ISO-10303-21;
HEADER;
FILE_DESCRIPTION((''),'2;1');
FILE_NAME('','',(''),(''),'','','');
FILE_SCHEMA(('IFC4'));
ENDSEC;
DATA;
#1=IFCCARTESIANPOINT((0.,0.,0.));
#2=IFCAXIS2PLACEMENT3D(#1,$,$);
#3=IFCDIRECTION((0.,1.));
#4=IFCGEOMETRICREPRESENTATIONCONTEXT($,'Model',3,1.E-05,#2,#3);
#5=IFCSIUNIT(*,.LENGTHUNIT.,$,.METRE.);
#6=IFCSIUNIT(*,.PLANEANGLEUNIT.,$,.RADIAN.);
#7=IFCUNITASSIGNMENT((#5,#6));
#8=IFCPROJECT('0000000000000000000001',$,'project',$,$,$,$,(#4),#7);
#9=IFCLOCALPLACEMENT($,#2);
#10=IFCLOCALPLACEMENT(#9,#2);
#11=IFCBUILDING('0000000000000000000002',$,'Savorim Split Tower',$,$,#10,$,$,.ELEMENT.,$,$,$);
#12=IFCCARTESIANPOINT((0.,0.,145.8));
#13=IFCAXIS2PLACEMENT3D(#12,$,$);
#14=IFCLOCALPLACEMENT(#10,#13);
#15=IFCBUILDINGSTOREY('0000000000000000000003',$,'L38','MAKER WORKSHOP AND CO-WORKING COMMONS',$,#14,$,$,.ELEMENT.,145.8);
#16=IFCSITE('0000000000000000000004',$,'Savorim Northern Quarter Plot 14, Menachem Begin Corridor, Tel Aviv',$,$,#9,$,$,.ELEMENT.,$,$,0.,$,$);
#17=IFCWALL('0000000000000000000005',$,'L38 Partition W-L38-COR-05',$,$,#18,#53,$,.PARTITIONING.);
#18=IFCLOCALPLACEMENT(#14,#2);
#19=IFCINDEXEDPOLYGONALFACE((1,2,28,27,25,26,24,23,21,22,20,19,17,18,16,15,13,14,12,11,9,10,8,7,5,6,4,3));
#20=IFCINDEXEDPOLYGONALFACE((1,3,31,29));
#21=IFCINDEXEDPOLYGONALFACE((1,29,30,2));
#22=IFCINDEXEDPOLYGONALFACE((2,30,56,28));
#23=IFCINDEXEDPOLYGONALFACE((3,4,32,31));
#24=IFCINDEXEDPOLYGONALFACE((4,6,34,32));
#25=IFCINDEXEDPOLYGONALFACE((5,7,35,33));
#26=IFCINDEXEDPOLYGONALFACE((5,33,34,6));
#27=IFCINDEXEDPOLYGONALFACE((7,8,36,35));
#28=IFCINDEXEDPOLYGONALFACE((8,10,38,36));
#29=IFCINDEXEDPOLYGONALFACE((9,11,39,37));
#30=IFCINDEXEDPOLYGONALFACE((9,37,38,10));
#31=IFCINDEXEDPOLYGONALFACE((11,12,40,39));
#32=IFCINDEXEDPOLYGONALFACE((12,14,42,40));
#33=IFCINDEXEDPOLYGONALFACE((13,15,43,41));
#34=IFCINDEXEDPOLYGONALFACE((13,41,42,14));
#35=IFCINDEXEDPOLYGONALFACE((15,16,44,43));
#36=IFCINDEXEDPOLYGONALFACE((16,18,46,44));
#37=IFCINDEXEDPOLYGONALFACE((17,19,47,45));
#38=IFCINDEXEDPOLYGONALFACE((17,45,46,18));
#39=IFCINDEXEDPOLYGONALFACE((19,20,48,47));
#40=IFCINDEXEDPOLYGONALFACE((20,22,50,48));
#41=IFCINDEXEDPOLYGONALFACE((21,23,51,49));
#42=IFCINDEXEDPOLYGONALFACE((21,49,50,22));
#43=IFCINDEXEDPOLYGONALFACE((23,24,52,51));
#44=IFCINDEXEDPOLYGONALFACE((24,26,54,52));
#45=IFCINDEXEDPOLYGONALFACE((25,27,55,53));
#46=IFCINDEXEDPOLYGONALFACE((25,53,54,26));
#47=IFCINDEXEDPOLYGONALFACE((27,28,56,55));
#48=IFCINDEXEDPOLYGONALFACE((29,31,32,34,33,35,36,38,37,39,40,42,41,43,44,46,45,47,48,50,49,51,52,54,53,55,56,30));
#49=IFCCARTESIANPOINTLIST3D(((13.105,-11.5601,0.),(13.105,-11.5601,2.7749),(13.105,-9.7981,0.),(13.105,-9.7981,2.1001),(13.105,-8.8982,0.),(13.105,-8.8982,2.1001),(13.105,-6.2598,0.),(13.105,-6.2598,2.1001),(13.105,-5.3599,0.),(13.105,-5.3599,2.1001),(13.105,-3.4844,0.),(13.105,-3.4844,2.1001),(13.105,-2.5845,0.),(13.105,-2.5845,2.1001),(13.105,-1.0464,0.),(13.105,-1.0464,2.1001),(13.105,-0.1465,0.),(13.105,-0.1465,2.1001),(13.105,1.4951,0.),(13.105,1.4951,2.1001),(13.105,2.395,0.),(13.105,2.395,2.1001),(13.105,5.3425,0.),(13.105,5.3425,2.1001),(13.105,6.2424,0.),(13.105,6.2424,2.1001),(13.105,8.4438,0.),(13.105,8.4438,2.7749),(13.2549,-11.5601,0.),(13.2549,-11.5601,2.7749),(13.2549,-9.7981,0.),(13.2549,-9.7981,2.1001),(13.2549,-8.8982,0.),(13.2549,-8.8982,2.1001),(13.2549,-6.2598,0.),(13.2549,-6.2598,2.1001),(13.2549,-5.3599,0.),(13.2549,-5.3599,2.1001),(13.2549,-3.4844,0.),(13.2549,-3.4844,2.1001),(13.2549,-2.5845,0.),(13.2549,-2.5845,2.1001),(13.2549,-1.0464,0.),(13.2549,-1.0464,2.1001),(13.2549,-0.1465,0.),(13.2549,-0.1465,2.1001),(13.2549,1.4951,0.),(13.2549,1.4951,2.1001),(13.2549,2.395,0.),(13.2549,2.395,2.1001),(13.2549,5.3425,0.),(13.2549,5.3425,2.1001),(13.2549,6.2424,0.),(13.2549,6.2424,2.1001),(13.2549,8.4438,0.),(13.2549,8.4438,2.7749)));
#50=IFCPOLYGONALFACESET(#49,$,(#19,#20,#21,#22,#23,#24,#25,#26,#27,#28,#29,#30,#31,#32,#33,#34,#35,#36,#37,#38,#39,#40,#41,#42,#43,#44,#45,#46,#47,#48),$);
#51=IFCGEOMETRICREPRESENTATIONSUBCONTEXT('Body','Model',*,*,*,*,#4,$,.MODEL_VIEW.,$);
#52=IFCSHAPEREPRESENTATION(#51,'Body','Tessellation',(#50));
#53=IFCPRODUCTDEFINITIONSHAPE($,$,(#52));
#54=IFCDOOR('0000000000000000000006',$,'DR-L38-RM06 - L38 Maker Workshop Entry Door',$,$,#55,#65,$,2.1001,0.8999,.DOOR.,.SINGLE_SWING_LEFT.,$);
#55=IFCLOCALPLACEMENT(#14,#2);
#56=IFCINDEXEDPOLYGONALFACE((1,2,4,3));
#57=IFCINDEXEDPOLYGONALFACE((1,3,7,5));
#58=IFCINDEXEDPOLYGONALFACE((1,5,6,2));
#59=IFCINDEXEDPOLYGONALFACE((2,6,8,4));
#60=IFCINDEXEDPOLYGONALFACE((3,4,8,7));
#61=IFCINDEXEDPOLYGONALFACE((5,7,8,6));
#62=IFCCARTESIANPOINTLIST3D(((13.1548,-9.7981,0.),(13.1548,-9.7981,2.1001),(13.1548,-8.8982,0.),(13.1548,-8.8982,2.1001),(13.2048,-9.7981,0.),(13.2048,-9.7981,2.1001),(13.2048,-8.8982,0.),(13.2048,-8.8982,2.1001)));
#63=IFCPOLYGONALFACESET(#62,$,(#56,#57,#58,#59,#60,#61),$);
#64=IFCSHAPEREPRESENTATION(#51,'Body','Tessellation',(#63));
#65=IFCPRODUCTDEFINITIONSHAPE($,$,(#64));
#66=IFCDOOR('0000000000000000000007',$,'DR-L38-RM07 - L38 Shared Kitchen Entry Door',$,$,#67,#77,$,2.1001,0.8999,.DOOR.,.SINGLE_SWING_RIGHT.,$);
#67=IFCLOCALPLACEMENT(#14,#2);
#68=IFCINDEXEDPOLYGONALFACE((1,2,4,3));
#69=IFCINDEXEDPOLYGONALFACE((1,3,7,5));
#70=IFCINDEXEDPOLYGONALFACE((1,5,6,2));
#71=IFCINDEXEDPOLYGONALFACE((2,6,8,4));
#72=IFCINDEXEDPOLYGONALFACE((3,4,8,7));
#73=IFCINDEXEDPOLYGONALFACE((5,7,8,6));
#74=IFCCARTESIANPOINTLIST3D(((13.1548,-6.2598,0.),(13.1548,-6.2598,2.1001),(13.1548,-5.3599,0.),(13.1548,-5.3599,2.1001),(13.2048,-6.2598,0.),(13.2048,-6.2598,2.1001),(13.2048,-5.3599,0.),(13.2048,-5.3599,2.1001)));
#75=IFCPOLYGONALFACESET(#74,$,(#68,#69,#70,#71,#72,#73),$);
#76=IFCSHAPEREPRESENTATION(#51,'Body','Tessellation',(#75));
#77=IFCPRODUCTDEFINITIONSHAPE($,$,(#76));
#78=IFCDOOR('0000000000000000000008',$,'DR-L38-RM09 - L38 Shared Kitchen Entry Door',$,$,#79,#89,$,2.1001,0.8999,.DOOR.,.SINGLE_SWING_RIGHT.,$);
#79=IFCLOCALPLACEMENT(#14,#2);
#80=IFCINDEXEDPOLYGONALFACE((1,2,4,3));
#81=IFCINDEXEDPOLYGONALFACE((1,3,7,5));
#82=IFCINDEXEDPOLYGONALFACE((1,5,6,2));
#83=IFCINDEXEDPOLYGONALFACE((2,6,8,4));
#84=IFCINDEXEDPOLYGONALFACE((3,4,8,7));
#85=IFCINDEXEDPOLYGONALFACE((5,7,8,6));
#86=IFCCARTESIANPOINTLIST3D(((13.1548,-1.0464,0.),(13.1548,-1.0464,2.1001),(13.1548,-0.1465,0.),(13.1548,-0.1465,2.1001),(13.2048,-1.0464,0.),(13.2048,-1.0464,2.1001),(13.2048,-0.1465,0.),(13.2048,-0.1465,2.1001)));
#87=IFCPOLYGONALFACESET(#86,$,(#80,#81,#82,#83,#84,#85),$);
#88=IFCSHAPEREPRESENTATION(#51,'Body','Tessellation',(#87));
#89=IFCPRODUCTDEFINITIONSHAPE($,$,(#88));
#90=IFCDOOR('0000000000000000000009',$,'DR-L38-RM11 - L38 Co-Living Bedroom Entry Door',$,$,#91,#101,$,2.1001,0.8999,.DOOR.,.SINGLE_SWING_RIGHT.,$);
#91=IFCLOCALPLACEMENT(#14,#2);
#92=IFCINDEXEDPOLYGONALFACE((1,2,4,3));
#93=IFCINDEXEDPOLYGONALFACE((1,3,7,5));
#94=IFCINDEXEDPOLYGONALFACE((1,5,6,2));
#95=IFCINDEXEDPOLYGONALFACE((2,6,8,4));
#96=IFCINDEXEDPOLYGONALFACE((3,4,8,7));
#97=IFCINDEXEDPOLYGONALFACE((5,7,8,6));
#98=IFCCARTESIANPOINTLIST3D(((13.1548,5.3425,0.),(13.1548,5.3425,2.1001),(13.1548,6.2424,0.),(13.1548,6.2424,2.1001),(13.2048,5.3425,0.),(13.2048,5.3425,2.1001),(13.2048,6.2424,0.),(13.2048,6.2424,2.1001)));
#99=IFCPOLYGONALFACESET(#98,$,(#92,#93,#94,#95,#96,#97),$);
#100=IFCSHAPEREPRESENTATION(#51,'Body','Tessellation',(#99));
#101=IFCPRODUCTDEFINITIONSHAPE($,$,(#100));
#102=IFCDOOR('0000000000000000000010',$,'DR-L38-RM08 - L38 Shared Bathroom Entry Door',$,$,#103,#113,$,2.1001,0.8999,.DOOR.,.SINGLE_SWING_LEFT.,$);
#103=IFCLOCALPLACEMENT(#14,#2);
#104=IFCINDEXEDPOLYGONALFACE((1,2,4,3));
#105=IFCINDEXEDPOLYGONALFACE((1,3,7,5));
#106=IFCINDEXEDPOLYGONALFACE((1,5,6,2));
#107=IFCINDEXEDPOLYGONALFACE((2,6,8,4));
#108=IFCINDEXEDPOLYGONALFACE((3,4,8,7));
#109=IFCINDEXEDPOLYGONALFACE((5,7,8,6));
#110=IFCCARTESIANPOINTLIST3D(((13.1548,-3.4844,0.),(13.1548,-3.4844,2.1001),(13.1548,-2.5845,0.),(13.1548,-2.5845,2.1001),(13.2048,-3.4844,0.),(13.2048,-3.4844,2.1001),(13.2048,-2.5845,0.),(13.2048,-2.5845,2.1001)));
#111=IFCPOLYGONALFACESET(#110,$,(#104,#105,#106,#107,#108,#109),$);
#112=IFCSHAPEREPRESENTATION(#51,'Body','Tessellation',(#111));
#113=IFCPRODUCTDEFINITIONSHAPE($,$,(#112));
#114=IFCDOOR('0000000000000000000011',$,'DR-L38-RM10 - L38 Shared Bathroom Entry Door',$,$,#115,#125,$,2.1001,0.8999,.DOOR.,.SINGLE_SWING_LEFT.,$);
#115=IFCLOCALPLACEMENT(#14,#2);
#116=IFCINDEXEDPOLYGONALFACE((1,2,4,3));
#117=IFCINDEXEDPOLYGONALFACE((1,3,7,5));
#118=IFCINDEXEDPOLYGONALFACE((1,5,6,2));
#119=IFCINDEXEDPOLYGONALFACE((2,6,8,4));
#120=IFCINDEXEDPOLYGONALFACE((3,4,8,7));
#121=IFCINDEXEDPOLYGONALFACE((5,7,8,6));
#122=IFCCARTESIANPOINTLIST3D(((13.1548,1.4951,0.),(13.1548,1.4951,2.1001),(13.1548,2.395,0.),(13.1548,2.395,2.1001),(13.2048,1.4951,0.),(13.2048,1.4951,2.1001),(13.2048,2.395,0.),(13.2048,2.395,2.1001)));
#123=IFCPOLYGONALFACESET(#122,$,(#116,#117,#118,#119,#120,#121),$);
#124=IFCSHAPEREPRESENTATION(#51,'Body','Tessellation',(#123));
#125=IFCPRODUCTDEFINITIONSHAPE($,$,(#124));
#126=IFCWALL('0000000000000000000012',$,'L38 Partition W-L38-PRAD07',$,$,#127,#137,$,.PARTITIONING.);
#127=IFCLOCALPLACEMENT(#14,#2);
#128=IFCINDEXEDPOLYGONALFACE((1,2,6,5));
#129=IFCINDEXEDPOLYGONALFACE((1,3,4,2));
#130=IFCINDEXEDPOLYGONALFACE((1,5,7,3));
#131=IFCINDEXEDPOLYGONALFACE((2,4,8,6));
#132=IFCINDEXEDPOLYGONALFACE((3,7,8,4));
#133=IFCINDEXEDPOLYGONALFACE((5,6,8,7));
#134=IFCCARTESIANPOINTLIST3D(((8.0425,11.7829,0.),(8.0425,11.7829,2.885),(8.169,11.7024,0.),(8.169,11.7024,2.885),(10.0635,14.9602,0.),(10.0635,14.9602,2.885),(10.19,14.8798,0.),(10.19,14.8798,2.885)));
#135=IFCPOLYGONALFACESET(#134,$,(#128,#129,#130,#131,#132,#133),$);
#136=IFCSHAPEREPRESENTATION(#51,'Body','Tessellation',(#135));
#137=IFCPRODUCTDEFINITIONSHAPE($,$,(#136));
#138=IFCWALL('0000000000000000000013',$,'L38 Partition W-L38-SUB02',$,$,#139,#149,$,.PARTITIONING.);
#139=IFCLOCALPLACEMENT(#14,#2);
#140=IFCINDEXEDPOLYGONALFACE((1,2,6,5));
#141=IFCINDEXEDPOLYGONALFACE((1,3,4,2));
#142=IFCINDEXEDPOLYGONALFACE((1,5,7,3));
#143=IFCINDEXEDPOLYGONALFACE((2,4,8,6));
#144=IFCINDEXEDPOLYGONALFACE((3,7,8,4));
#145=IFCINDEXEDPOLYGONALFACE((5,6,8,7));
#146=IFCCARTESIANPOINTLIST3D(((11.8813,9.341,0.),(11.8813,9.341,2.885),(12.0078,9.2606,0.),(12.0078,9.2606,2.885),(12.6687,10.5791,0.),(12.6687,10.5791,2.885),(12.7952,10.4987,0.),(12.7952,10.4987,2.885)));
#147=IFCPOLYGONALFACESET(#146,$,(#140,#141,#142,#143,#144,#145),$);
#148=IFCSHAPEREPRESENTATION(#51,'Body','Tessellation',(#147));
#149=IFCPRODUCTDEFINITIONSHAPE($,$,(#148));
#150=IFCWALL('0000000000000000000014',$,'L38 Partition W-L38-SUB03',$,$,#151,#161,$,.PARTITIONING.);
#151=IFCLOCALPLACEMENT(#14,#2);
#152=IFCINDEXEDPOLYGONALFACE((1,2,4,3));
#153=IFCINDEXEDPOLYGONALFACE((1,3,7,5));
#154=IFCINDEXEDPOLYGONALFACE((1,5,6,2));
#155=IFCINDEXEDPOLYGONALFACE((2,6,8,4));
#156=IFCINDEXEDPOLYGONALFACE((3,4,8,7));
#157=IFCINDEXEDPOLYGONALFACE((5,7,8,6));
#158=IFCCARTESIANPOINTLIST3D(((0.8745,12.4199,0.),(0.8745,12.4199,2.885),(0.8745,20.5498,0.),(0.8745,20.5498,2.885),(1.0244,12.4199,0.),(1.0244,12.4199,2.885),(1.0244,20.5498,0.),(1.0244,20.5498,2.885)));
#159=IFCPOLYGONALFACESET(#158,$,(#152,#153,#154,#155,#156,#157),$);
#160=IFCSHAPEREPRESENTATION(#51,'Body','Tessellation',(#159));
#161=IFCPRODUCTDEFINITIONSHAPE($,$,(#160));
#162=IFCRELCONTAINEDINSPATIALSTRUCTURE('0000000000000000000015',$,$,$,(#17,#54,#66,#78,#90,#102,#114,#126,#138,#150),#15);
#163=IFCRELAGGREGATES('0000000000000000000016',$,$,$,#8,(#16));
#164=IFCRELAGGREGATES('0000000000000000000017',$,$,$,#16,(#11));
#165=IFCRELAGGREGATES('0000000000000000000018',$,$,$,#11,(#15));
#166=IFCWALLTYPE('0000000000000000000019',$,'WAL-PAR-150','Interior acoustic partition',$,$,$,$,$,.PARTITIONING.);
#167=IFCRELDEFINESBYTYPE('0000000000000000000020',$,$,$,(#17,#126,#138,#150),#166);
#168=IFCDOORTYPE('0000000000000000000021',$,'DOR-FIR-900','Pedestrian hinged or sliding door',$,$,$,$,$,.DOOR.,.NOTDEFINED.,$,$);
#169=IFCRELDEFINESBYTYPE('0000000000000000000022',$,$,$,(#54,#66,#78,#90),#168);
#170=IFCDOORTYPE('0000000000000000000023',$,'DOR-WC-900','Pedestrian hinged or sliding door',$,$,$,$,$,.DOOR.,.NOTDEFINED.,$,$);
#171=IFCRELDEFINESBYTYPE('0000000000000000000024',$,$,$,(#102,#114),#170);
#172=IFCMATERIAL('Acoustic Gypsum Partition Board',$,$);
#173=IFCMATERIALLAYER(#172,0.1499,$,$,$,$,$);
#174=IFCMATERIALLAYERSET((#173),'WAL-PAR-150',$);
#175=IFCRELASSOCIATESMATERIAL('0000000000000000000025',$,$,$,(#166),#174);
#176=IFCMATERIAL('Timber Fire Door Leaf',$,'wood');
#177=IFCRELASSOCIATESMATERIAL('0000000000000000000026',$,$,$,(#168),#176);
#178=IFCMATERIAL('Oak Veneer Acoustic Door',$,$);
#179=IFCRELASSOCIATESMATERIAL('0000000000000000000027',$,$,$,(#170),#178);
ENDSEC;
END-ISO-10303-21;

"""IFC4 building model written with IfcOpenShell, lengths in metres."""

from ifc_helpers import new_model, si_unit, direction, frame, frame_2d, origin, place, context, subcontext, project, spatial, rectangle, extrude, material, layer, layer_set, type_object, element, fill, save


model = new_model("IFC4")

# Units and contexts
model_context = context("Model", 3, precision=1e-05, world=origin(), true_north=direction((0.0, 1.0)))
body_context = subcontext(model_context, "Body", "Model", "MODEL_VIEW")
ifc_project = project(units=[si_unit("LENGTHUNIT", "METRE"), si_unit("PLANEANGLEUNIT", "RADIAN")], contexts=[model_context])

# Site, building, storey
site_placement = place(None, origin())
site = spatial("IfcSite", under=ifc_project, at=site_placement, Name="Savorim Northern Quarter Plot 14, Menachem Begin Corridor, Tel Aviv", CompositionType="ELEMENT", RefElevation=0.0)
building_placement = place(site_placement, origin())
building = spatial("IfcBuilding", under=site, at=building_placement, Name="Savorim Split Tower", CompositionType="ELEMENT")
storey_placement = place(building_placement, frame((0.0, 0.0, 145.8)))
storey = spatial("IfcBuildingStorey", under=building, at=storey_placement, Name="L38", Description="MAKER WORKSHOP AND CO-WORKING COMMONS", CompositionType="ELEMENT", Elevation=145.8)

# Shared definitions
ifc_material_1 = material(Name="Timber Fire Door Leaf", Category="wood")

# Shared definitions
ifc_material_2 = material(Name="Acoustic Gypsum Partition Board")
ifc_layer_1 = layer(ifc_material_2, 0.1499)
ifc_layer_set_1 = layer_set([ifc_layer_1], Name="WAL-PAR-150")
wall_type_1 = type_object("IfcWallType", Name="WAL-PAR-150", Description="Interior acoustic partition", PredefinedType="PARTITIONING", material=ifc_layer_set_1)
door_type_1 = type_object("IfcDoorType", Name="DOR-FIR-900", Description="Pedestrian hinged or sliding door", OperationType="NOTDEFINED", PredefinedType="DOOR", material=ifc_material_1)

# Wall, openings, doors
wall_1_placement = place(storey_placement, frame((13.1799, 8.4438, 0.0), z_axis=(0.0, 0.0, 1.0), x_axis=(0.0, -1.0, 0.0)))
wall_1 = element("IfcWall", 1, at=wall_1_placement, inside=storey, type_object=wall_type_1, Name="L38 Partition W-L38-COR-05", PredefinedType="PARTITIONING", context=body_context, shape_type="SweptSolid", body=[
    extrude(rectangle(XDim=20.0039, YDim=0.1499, at=frame_2d((10.002, 0.0))), origin(), (0.0, 0.0, 1.0), 2.7749),
])
opening_1_placement = place(wall_1_placement, frame((17.342, 0.0, 0.0)))
opening_1 = element("IfcOpeningElement", 2, at=opening_1_placement, cuts=wall_1, PredefinedType="OPENING", context=body_context, shape_type="SweptSolid", body=[
    extrude(rectangle(XDim=0.8999, YDim=2.1001, at=frame_2d((0.45, 1.05))), frame((0.0, 0.085, 0.0), z_axis=(0.0, -1.0, 0.0), x_axis=(1.0, 0.0, 0.0)), (0.0, 0.0, 1.0), 0.1699),
])
opening_2_placement = place(wall_1_placement, frame((13.8037, 0.0, 0.0)))
opening_2 = element("IfcOpeningElement", 3, at=opening_2_placement, cuts=wall_1, PredefinedType="OPENING", context=body_context, shape_type="SweptSolid", body=[
    extrude(rectangle(XDim=0.8999, YDim=2.1001, at=frame_2d((0.45, 1.05))), frame((0.0, 0.085, 0.0), z_axis=(0.0, -1.0, 0.0), x_axis=(1.0, 0.0, 0.0)), (0.0, 0.0, 1.0), 0.1699),
])
opening_3_placement = place(wall_1_placement, frame((11.0283, 0.0, 0.0)))
opening_3 = element("IfcOpeningElement", 4, at=opening_3_placement, cuts=wall_1, PredefinedType="OPENING", context=body_context, shape_type="SweptSolid", body=[
    extrude(rectangle(XDim=0.8999, YDim=2.1001, at=frame_2d((0.45, 1.05))), frame((0.0, 0.085, 0.0), z_axis=(0.0, -1.0, 0.0), x_axis=(1.0, 0.0, 0.0)), (0.0, 0.0, 1.0), 0.1699),
])
opening_4_placement = place(wall_1_placement, frame((8.5903, 0.0, 0.0)))
opening_4 = element("IfcOpeningElement", 5, at=opening_4_placement, cuts=wall_1, PredefinedType="OPENING", context=body_context, shape_type="SweptSolid", body=[
    extrude(rectangle(XDim=0.8999, YDim=2.1001, at=frame_2d((0.45, 1.05))), frame((0.0, 0.085, 0.0), z_axis=(0.0, -1.0, 0.0), x_axis=(1.0, 0.0, 0.0)), (0.0, 0.0, 1.0), 0.1699),
])
opening_5_placement = place(wall_1_placement, frame((6.0488, 0.0, 0.0)))
opening_5 = element("IfcOpeningElement", 6, at=opening_5_placement, cuts=wall_1, PredefinedType="OPENING", context=body_context, shape_type="SweptSolid", body=[
    extrude(rectangle(XDim=0.8999, YDim=2.1001, at=frame_2d((0.45, 1.05))), frame((0.0, 0.085, 0.0), z_axis=(0.0, -1.0, 0.0), x_axis=(1.0, 0.0, 0.0)), (0.0, 0.0, 1.0), 0.1699),
])
opening_6_placement = place(wall_1_placement, frame((2.2014, 0.0, 0.0)))
opening_6 = element("IfcOpeningElement", 7, at=opening_6_placement, cuts=wall_1, PredefinedType="OPENING", context=body_context, shape_type="SweptSolid", body=[
    extrude(rectangle(XDim=0.8999, YDim=2.1001, at=frame_2d((0.45, 1.05))), frame((0.0, 0.085, 0.0), z_axis=(0.0, -1.0, 0.0), x_axis=(1.0, 0.0, 0.0)), (0.0, 0.0, 1.0), 0.1699),
])
door_1_placement = place(opening_1_placement, origin())
door_1 = element("IfcDoor", 8, at=door_1_placement, inside=storey, type_object=door_type_1, Name="DR-L38-RM06 - L38 Maker Workshop Entry Door", OperationType="SINGLE_SWING_LEFT", OverallHeight=2.1001, OverallWidth=0.8999, PredefinedType="DOOR", context=body_context, shape_type="SweptSolid", body=[
    extrude(rectangle(XDim=0.8999, YDim=2.1001, at=frame_2d((0.45, 1.05))), frame((0.0, 0.0249, 0.0), z_axis=(0.0, -1.0, 0.0), x_axis=(1.0, 0.0, 0.0)), (0.0, 0.0, 1.0), 0.05),
])
fill(opening_1, door_1)
door_2_placement = place(opening_2_placement, origin())
door_2 = element("IfcDoor", 9, at=door_2_placement, inside=storey, type_object=door_type_1, Name="DR-L38-RM07 - L38 Shared Kitchen Entry Door", OperationType="SINGLE_SWING_RIGHT", OverallHeight=2.1001, OverallWidth=0.8999, PredefinedType="DOOR", context=body_context, shape_type="SweptSolid", body=[
    extrude(rectangle(XDim=0.8999, YDim=2.1001, at=frame_2d((0.45, 1.05))), frame((0.0, 0.0249, 0.0), z_axis=(0.0, -1.0, 0.0), x_axis=(1.0, 0.0, 0.0)), (0.0, 0.0, 1.0), 0.05),
])
fill(opening_2, door_2)
door_3_placement = place(opening_4_placement, origin())
door_3 = element("IfcDoor", 10, at=door_3_placement, inside=storey, type_object=door_type_1, Name="DR-L38-RM09 - L38 Shared Kitchen Entry Door", OperationType="SINGLE_SWING_RIGHT", OverallHeight=2.1001, OverallWidth=0.8999, PredefinedType="DOOR", context=body_context, shape_type="SweptSolid", body=[
    extrude(rectangle(XDim=0.8999, YDim=2.1001, at=frame_2d((0.45, 1.05))), frame((0.0, 0.0249, 0.0), z_axis=(0.0, -1.0, 0.0), x_axis=(1.0, 0.0, 0.0)), (0.0, 0.0, 1.0), 0.05),
])
fill(opening_4, door_3)
door_4_placement = place(opening_6_placement, origin())
door_4 = element("IfcDoor", 11, at=door_4_placement, inside=storey, type_object=door_type_1, Name="DR-L38-RM11 - L38 Co-Living Bedroom Entry Door", OperationType="SINGLE_SWING_RIGHT", OverallHeight=2.1001, OverallWidth=0.8999, PredefinedType="DOOR", context=body_context, shape_type="SweptSolid", body=[
    extrude(rectangle(XDim=0.8999, YDim=2.1001, at=frame_2d((0.45, 1.05))), frame((0.0, 0.0249, 0.0), z_axis=(0.0, -1.0, 0.0), x_axis=(1.0, 0.0, 0.0)), (0.0, 0.0, 1.0), 0.05),
])
fill(opening_6, door_4)
ifc_material_3 = material(Name="Oak Veneer Acoustic Door")
door_type_2 = type_object("IfcDoorType", Name="DOR-WC-900", Description="Pedestrian hinged or sliding door", OperationType="NOTDEFINED", PredefinedType="DOOR", material=ifc_material_3)
door_5_placement = place(opening_3_placement, origin())
door_5 = element("IfcDoor", 12, at=door_5_placement, inside=storey, type_object=door_type_2, Name="DR-L38-RM08 - L38 Shared Bathroom Entry Door", OperationType="SINGLE_SWING_LEFT", OverallHeight=2.1001, OverallWidth=0.8999, PredefinedType="DOOR", context=body_context, shape_type="SweptSolid", body=[
    extrude(rectangle(XDim=0.8999, YDim=2.1001, at=frame_2d((0.45, 1.05))), frame((0.0, 0.0249, 0.0), z_axis=(0.0, -1.0, 0.0), x_axis=(1.0, 0.0, 0.0)), (0.0, 0.0, 1.0), 0.05),
])
fill(opening_3, door_5)
door_6_placement = place(opening_5_placement, origin())
door_6 = element("IfcDoor", 13, at=door_6_placement, inside=storey, type_object=door_type_2, Name="DR-L38-RM10 - L38 Shared Bathroom Entry Door", OperationType="SINGLE_SWING_LEFT", OverallHeight=2.1001, OverallWidth=0.8999, PredefinedType="DOOR", context=body_context, shape_type="SweptSolid", body=[
    extrude(rectangle(XDim=0.8999, YDim=2.1001, at=frame_2d((0.45, 1.05))), frame((0.0, 0.0249, 0.0), z_axis=(0.0, -1.0, 0.0), x_axis=(1.0, 0.0, 0.0)), (0.0, 0.0, 1.0), 0.05),
])
fill(opening_5, door_6)

# Walls
wall_2_placement = place(storey_placement, frame((8.1057, 11.7427, 0.0), z_axis=(0.0, 0.0, 1.0), x_axis=(0.536708, 0.843768, 0.0)))
element("IfcWall", 14, at=wall_2_placement, inside=storey, type_object=wall_type_1, Name="L38 Partition W-L38-PRAD07", PredefinedType="PARTITIONING", context=body_context, shape_type="SweptSolid", body=[
    extrude(rectangle(XDim=3.7656, YDim=0.1499, at=frame_2d((1.8828, 0.0))), origin(), (0.0, 0.0, 1.0), 2.885),
])
wall_3_placement = place(storey_placement, frame((11.9446, 9.3008, 0.0), z_axis=(0.0, 0.0, 1.0), x_axis=(0.536639, 0.843812, 0.0)))
element("IfcWall", 15, at=wall_3_placement, inside=storey, type_object=wall_type_1, Name="L38 Partition W-L38-SUB02", PredefinedType="PARTITIONING", context=body_context, shape_type="SweptSolid", body=[
    extrude(rectangle(XDim=1.4673, YDim=0.1499, at=frame_2d((0.7336, 0.0))), origin(), (0.0, 0.0, 1.0), 2.885),
])
wall_4_placement = place(storey_placement, frame((0.9495, 12.4199, 0.0), z_axis=(0.0, 0.0, 1.0), x_axis=(0.0, 1.0, 0.0)))
element("IfcWall", 16, at=wall_4_placement, inside=storey, type_object=wall_type_1, Name="L38 Partition W-L38-SUB03", PredefinedType="PARTITIONING", context=body_context, shape_type="SweptSolid", body=[
    extrude(rectangle(XDim=8.1299, YDim=0.1499, at=frame_2d((4.0649, 0.0))), origin(), (0.0, 0.0, 1.0), 2.885),
])

save(model, "model.ifc")
